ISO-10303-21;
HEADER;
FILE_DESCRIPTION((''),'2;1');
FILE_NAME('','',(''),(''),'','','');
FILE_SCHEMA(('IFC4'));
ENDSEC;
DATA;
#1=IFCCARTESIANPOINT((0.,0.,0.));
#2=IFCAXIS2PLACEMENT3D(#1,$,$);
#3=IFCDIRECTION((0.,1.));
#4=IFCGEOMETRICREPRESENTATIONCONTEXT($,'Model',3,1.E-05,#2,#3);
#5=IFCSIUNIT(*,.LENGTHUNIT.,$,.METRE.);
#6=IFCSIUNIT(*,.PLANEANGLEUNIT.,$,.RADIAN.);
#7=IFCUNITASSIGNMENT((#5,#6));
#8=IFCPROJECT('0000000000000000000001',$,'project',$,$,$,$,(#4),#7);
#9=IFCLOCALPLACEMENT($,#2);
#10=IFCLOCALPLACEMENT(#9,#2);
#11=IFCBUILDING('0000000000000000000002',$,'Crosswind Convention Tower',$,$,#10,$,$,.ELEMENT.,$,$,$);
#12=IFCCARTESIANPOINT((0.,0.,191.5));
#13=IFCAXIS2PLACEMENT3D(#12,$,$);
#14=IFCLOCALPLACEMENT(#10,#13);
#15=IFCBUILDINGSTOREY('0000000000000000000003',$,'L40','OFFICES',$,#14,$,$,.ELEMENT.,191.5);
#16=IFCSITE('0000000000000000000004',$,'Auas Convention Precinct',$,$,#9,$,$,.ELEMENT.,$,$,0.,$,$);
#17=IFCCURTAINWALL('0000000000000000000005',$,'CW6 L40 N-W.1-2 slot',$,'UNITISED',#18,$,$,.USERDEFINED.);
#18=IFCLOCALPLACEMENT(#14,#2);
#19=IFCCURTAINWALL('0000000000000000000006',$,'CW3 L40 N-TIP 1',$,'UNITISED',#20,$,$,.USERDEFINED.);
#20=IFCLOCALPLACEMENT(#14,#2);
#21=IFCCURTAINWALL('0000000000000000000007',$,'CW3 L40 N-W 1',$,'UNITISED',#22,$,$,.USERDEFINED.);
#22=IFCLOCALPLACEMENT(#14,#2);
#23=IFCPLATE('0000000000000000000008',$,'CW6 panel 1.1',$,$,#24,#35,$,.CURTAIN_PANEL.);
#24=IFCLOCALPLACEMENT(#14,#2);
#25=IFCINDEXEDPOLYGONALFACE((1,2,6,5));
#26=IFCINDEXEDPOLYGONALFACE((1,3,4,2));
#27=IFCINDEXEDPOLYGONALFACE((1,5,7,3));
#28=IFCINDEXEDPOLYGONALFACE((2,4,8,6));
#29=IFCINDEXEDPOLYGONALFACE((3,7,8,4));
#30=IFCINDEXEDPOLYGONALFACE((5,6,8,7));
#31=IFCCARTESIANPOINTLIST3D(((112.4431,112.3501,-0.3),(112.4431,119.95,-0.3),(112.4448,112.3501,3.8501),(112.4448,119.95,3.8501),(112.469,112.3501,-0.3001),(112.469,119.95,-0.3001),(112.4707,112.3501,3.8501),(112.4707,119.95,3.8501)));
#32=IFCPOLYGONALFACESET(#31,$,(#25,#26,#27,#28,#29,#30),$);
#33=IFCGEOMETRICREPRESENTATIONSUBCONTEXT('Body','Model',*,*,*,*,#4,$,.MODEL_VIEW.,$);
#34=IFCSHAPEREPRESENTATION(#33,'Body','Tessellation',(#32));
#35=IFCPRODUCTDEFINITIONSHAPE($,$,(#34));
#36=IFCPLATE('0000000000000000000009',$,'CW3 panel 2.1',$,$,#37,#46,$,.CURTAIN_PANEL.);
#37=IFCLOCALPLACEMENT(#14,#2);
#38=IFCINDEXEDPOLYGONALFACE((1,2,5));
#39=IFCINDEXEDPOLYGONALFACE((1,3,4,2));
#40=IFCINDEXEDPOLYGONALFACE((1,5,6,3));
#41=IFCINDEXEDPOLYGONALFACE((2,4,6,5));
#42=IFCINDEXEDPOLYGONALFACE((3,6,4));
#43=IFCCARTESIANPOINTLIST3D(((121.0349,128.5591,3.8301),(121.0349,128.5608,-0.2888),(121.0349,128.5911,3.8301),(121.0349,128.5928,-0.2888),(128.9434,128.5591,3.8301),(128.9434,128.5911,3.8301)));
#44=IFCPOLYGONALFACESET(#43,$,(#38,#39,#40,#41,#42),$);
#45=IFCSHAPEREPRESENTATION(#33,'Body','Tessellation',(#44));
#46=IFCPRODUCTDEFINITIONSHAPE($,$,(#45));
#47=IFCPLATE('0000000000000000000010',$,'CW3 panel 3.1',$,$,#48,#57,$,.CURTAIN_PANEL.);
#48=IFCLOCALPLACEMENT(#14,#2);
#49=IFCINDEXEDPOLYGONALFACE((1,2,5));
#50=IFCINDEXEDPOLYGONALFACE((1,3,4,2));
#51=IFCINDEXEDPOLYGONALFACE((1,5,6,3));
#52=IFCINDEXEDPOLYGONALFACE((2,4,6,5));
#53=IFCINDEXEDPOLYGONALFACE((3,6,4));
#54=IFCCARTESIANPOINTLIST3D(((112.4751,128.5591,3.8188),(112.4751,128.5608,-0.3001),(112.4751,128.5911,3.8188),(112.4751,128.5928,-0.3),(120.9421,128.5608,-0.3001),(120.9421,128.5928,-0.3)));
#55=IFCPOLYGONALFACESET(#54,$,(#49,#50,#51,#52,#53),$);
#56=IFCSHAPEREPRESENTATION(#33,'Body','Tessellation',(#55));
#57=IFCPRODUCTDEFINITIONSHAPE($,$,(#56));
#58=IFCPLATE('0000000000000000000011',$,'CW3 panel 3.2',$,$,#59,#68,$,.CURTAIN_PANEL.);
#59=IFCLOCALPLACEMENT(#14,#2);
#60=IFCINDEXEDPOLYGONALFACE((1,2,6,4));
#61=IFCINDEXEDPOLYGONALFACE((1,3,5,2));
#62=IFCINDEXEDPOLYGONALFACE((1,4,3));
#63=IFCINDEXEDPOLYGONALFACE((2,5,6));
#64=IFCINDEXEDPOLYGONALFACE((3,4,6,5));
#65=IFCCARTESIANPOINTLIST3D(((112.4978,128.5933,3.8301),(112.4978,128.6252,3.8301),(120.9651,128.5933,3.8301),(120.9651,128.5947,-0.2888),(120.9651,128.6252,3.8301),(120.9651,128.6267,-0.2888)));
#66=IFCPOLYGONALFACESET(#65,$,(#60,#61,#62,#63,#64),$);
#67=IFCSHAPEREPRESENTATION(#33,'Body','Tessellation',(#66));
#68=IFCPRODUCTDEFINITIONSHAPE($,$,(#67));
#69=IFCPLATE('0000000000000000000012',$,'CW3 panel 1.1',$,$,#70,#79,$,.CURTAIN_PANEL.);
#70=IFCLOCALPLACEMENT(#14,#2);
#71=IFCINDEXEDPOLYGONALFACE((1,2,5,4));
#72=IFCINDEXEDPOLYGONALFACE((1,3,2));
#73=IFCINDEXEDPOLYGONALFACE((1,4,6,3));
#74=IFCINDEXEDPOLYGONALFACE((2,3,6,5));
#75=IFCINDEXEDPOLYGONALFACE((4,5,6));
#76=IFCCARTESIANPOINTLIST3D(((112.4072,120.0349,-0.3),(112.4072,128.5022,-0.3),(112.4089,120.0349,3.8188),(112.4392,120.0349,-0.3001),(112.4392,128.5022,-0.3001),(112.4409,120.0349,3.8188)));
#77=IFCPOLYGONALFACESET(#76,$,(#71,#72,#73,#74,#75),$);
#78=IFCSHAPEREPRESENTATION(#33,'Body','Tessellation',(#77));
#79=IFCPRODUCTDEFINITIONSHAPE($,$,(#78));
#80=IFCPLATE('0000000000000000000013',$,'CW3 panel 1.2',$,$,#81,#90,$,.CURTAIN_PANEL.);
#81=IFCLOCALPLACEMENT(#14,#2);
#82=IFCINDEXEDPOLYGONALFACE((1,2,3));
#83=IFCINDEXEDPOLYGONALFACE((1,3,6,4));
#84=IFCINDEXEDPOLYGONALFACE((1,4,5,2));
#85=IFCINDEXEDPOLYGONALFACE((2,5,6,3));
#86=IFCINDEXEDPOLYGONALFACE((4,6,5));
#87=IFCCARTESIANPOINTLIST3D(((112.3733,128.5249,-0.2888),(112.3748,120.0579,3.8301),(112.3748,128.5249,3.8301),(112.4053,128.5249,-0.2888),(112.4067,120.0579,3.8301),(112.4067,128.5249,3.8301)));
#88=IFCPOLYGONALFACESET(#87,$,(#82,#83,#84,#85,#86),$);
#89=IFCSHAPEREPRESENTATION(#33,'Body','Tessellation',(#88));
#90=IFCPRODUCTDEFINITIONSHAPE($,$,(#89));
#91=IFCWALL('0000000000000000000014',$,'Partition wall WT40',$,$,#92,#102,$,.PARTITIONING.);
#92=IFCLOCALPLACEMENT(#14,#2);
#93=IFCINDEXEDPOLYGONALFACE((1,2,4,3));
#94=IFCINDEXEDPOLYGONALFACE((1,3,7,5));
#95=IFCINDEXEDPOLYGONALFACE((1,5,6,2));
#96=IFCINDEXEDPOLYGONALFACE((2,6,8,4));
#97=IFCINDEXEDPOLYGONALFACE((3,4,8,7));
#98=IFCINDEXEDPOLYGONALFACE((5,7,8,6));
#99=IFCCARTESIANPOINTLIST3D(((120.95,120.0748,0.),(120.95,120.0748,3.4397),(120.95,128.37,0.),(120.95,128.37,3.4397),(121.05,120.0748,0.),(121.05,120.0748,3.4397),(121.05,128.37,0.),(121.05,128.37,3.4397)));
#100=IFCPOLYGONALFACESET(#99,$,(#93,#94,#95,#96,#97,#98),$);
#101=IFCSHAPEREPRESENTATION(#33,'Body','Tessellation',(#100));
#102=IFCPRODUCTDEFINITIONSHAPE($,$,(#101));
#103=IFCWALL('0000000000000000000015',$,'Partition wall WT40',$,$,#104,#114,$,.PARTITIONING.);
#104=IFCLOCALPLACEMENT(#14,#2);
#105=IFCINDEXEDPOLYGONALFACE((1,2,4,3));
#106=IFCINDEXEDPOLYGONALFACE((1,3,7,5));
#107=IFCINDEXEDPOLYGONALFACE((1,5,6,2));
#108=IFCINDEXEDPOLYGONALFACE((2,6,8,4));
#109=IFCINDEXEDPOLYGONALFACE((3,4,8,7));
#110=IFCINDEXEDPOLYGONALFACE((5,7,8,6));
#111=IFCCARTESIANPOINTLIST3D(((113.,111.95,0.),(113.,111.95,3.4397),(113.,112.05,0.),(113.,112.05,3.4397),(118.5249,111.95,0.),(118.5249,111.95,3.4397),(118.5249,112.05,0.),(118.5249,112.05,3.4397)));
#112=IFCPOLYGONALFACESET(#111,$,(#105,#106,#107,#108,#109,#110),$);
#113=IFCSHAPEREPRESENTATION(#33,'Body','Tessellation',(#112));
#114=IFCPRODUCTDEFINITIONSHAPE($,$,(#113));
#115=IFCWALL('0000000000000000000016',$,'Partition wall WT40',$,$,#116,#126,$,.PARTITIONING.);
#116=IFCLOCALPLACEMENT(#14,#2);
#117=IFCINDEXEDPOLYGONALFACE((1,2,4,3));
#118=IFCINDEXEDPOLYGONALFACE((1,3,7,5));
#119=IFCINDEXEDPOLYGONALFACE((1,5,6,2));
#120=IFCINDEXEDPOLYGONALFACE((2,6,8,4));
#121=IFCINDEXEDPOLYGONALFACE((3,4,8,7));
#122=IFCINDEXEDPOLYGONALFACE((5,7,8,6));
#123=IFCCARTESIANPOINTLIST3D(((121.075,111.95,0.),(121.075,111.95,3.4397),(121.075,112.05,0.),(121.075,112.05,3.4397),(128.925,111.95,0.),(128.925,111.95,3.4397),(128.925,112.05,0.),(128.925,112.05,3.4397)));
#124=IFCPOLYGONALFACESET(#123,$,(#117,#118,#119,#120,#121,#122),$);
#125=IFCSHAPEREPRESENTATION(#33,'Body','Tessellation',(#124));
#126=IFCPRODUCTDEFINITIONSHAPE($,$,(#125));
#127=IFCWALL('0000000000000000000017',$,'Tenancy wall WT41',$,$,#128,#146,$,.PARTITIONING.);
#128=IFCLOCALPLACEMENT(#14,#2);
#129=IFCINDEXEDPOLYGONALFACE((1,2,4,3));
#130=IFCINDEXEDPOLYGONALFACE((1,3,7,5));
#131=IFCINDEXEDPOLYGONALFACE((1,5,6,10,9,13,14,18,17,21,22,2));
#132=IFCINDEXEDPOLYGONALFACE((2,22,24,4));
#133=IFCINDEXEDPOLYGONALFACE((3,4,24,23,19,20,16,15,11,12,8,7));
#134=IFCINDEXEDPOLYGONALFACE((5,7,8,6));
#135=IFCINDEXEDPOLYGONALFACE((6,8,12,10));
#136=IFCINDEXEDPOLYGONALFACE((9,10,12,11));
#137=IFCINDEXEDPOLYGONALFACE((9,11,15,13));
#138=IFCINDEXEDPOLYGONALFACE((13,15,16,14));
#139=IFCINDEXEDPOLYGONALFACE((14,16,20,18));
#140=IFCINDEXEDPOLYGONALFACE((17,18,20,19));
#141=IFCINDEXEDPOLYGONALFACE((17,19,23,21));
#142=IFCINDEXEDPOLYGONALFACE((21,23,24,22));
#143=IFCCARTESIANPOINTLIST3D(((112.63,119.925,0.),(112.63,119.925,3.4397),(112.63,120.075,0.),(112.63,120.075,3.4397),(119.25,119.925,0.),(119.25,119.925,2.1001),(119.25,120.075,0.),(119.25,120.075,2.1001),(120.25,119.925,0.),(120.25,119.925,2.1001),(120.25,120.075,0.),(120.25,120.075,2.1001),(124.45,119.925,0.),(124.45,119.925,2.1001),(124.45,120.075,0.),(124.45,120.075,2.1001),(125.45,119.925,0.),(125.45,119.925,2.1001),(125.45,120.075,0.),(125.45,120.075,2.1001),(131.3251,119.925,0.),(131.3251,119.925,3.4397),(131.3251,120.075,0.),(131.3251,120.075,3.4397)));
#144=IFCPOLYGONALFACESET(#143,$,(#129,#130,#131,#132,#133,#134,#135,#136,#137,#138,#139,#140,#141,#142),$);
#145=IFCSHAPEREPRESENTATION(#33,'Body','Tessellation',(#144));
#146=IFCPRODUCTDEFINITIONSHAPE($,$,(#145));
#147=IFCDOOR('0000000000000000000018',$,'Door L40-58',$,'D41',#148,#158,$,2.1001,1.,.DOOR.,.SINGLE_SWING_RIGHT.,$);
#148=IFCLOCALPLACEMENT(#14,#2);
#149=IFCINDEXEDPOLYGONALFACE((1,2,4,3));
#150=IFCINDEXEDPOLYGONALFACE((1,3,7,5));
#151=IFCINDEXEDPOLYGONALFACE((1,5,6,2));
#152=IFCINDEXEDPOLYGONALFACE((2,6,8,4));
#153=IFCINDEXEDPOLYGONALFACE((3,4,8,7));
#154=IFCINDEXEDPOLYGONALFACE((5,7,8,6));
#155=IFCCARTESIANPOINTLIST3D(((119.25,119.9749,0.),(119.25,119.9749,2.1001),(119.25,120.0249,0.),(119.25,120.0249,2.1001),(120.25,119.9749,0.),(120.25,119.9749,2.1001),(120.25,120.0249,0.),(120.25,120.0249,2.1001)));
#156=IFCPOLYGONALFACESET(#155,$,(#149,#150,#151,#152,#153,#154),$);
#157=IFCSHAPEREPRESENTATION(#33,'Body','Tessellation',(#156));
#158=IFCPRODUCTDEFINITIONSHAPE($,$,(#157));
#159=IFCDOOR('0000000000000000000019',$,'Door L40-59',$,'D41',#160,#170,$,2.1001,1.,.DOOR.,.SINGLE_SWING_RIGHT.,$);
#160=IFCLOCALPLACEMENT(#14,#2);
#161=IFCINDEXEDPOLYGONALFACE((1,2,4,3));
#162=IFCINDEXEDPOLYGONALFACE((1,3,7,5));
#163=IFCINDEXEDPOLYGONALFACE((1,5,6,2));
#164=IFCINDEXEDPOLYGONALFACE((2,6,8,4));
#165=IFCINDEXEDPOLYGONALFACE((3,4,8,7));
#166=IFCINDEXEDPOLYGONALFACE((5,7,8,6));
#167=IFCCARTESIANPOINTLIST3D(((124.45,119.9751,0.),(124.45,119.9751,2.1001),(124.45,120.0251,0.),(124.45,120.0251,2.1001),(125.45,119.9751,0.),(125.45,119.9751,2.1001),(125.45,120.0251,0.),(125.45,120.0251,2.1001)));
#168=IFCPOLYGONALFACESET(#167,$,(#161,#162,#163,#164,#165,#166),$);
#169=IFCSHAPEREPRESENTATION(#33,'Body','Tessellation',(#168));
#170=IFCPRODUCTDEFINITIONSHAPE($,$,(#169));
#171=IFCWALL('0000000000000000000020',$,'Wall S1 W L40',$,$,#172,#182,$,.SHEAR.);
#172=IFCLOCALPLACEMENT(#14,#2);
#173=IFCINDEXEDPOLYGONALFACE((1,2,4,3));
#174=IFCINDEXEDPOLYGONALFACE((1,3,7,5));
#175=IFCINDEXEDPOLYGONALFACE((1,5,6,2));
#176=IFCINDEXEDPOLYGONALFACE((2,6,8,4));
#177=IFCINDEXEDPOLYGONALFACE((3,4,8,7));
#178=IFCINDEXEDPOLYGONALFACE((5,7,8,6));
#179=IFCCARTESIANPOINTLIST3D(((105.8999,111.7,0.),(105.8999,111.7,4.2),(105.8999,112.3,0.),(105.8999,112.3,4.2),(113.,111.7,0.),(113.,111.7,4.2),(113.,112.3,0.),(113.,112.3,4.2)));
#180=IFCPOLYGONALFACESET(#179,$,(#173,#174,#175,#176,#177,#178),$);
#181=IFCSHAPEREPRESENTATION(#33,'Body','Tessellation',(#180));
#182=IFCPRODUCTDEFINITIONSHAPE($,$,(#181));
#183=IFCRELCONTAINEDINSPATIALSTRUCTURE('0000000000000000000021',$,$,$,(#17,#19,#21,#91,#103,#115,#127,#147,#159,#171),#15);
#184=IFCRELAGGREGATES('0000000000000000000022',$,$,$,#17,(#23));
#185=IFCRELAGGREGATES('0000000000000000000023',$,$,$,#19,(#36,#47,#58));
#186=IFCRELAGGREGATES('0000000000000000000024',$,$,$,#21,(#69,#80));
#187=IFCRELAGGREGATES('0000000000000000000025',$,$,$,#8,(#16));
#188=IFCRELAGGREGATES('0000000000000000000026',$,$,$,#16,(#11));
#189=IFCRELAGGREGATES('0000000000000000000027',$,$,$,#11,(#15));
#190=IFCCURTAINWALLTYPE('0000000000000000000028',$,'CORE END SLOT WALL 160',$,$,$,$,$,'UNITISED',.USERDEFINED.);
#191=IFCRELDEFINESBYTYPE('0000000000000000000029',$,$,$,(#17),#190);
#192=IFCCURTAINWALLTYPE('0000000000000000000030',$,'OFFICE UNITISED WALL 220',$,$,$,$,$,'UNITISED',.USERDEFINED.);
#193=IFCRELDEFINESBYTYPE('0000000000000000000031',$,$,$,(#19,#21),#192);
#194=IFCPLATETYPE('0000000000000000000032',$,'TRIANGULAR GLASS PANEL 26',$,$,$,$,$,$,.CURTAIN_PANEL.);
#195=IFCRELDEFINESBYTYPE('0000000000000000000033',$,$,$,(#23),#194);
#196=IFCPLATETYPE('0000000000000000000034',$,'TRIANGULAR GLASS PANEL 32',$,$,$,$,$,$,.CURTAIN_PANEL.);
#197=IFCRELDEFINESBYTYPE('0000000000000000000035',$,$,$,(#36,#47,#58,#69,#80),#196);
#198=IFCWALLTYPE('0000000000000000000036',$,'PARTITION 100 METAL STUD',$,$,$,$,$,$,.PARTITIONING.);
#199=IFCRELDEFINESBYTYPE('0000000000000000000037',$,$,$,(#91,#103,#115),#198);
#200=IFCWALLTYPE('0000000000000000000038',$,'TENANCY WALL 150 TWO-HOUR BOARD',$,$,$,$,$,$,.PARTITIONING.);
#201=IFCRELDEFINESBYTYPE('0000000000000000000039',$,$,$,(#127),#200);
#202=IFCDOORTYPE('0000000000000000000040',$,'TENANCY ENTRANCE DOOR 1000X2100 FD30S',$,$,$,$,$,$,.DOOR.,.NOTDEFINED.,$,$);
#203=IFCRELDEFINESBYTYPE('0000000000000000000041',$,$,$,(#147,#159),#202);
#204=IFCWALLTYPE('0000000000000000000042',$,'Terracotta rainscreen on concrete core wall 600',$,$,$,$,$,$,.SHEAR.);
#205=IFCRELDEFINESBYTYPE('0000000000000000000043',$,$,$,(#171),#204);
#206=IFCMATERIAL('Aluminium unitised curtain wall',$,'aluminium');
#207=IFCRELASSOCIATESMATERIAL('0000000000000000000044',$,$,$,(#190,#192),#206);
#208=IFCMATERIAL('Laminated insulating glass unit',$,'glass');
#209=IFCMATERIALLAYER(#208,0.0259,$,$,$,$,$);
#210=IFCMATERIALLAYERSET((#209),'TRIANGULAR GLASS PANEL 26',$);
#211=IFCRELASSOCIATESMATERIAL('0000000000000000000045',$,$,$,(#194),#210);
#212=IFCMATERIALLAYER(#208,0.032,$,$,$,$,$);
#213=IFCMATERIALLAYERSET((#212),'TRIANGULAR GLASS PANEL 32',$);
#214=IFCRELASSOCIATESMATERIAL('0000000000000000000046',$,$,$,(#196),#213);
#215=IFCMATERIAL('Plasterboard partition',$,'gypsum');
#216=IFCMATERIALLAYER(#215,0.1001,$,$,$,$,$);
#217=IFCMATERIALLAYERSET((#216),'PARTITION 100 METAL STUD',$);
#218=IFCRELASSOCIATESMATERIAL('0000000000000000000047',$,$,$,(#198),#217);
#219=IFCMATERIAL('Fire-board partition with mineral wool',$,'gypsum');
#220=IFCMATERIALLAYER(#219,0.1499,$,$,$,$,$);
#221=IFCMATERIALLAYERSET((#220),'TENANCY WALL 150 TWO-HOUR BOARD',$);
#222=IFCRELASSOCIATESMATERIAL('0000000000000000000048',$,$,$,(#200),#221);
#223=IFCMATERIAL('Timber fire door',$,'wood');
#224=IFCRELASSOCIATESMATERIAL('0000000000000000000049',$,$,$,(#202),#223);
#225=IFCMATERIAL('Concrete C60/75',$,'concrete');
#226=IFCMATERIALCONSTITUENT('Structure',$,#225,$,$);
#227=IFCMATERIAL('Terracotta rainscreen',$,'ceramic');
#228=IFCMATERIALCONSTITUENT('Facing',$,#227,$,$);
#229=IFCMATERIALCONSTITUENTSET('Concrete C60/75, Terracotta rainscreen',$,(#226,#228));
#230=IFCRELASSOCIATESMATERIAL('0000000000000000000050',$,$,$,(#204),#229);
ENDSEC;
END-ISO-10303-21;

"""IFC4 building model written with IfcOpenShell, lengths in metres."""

from ifc_helpers import new_model, si_unit, direction, frame, frame_2d, origin, place, context, subcontext, project, spatial, polyline, rectangle, outline, extrude, material, layer, layer_set, constituent, constituent_set, type_object, element, fill, aggregate, save


model = new_model("IFC4")

# Units and contexts
model_context = context("Model", 3, precision=1e-05, world=origin(), true_north=direction((0.0, 1.0)))
body_context = subcontext(model_context, "Body", "Model", "MODEL_VIEW")
ifc_project = project(units=[si_unit("LENGTHUNIT", "METRE"), si_unit("PLANEANGLEUNIT", "RADIAN")], contexts=[model_context])

# Site, building, storey
site_placement = place(None, origin())
site = spatial("IfcSite", under=ifc_project, at=site_placement, Name="Auas Convention Precinct", CompositionType="ELEMENT", RefElevation=0.0)
building_placement = place(site_placement, origin())
building = spatial("IfcBuilding", under=site, at=building_placement, Name="Crosswind Convention Tower", CompositionType="ELEMENT")
storey_placement = place(building_placement, frame((0.0, 0.0, 191.5)))
storey = spatial("IfcBuildingStorey", under=building, at=storey_placement, Name="L40", Description="OFFICES", CompositionType="ELEMENT", Elevation=191.5)

# Shared definitions
ifc_material_1 = material(Name="Concrete C60/75", Category="concrete")

# Curtain walls
ifc_material_2 = material(Name="Aluminium unitised curtain wall", Category="aluminium")
curtain_wall_type_1 = type_object("IfcCurtainWallType", Name="CORE END SLOT WALL 160", ElementType="UNITISED", PredefinedType="USERDEFINED", material=ifc_material_2)
curtain_wall_1_placement = place(storey_placement, origin())
curtain_wall_1 = element("IfcCurtainWall", 1, at=curtain_wall_1_placement, inside=storey, type_object=curtain_wall_type_1, Name="CW6 L40 N-W.1-2 slot", ObjectType="UNITISED", PredefinedType="USERDEFINED")
curtain_wall_type_2 = type_object("IfcCurtainWallType", Name="OFFICE UNITISED WALL 220", ElementType="UNITISED", PredefinedType="USERDEFINED", material=ifc_material_2)
curtain_wall_2_placement = place(storey_placement, origin())
curtain_wall_2 = element("IfcCurtainWall", 2, at=curtain_wall_2_placement, inside=storey, type_object=curtain_wall_type_2, Name="CW3 L40 N-TIP 1", ObjectType="UNITISED", PredefinedType="USERDEFINED")

# Curtain wall
curtain_wall_3_placement = place(storey_placement, origin())
curtain_wall_3 = element("IfcCurtainWall", 3, at=curtain_wall_3_placement, inside=storey, type_object=curtain_wall_type_2, Name="CW3 L40 N-W 1", ObjectType="UNITISED", PredefinedType="USERDEFINED")

# Plates
ifc_material_3 = material(Name="Laminated insulating glass unit", Category="glass")
ifc_layer_1 = layer(ifc_material_3, 0.0259)
ifc_layer_set_1 = layer_set([ifc_layer_1], Name="TRIANGULAR GLASS PANEL 26")
plate_type_1 = type_object("IfcPlateType", Name="TRIANGULAR GLASS PANEL 26", PredefinedType="CURTAIN_PANEL", material=ifc_layer_set_1)
plate_1_placement = place(storey_placement, frame((112.4431, 119.95, -0.3), z_axis=(-1.0, 0.0, 0.000412), x_axis=(0.0, -1.0, 0.0)))
plate_1 = element("IfcPlate", 4, at=plate_1_placement, type_object=plate_type_1, Name="CW6 panel 1.1", PredefinedType="CURTAIN_PANEL", context=body_context, shape_type="SweptSolid", body=[
    extrude(outline(polyline([(0.0, 0.0), (7.5999, 0.0), (7.5999, 4.1501), (0.0, 4.1501), (0.0, 0.0)])), origin(), (0.0, 0.0, -1.0), 0.0259),
])
aggregate(curtain_wall_1, [plate_1])
ifc_layer_2 = layer(ifc_material_3, 0.032)
ifc_layer_set_2 = layer_set([ifc_layer_2], Name="TRIANGULAR GLASS PANEL 32")
plate_type_2 = type_object("IfcPlateType", Name="TRIANGULAR GLASS PANEL 32", PredefinedType="CURTAIN_PANEL", material=ifc_layer_set_2)
plate_2_placement = place(storey_placement, frame((121.0349, 128.5911, 3.8301), z_axis=(0.0, 1.0, 0.000415), x_axis=(1.0, 0.0, 0.0)))
plate_2 = element("IfcPlate", 5, at=plate_2_placement, type_object=plate_type_2, Name="CW3 panel 2.1", PredefinedType="CURTAIN_PANEL", context=body_context, shape_type="SweptSolid", body=[
    extrude(outline(polyline([(0.0, 0.0), (7.9084, 0.0), (0.0, 4.1189), (0.0, 0.0)])), origin(), (0.0, 0.0, -1.0), 0.032),
])
plate_3_placement = place(storey_placement, frame((112.4751, 128.5928, -0.3), z_axis=(0.0, 1.0, 0.000415), x_axis=(0.0, -0.000415, 1.0)))
plate_3 = element("IfcPlate", 6, at=plate_3_placement, type_object=plate_type_2, Name="CW3 panel 3.1", PredefinedType="CURTAIN_PANEL", context=body_context, shape_type="SweptSolid", body=[
    extrude(outline(polyline([(0.0, 0.0), (4.1189, 0.0), (0.0, 8.467), (0.0, 0.0)])), origin(), (0.0, 0.0, -1.0), 0.032),
])
plate_4_placement = place(storey_placement, frame((120.9651, 128.6252, 3.8301), z_axis=(0.0, 1.0, 0.000356), x_axis=(0.0, 0.000356, -1.0)))
plate_4 = element("IfcPlate", 7, at=plate_4_placement, type_object=plate_type_2, Name="CW3 panel 3.2", PredefinedType="CURTAIN_PANEL", context=body_context, shape_type="SweptSolid", body=[
    extrude(outline(polyline([(0.0, 0.0), (4.1189, 0.0), (0.0, 8.4673), (0.0, 0.0)])), origin(), (0.0, 0.0, -1.0), 0.032),
])
aggregate(curtain_wall_2, [plate_2, plate_3, plate_4])
plate_5_placement = place(storey_placement, frame((112.4072, 120.0349, -0.3), z_axis=(-1.0, 0.0, 0.000415), x_axis=(0.000415, 0.0, 1.0)))
plate_5 = element("IfcPlate", 8, at=plate_5_placement, type_object=plate_type_2, Name="CW3 panel 1.1", PredefinedType="CURTAIN_PANEL", context=body_context, shape_type="SweptSolid", body=[
    extrude(outline(polyline([(0.0, 0.0), (4.1189, 0.0), (0.0, 8.4673), (0.0, 0.0)])), origin(), (0.0, 0.0, -1.0), 0.032),
])
plate_6_placement = place(storey_placement, frame((112.3748, 128.5249, 3.8301), z_axis=(-1.0, 0.0, 0.000356), x_axis=(-0.000356, 0.0, -1.0)))
plate_6 = element("IfcPlate", 9, at=plate_6_placement, type_object=plate_type_2, Name="CW3 panel 1.2", PredefinedType="CURTAIN_PANEL", context=body_context, shape_type="SweptSolid", body=[
    extrude(outline(polyline([(0.0, 0.0), (4.1189, 0.0), (0.0, 8.467), (0.0, 0.0)])), origin(), (0.0, 0.0, -1.0), 0.032),
])

# Walls
ifc_material_4 = material(Name="Plasterboard partition", Category="gypsum")
ifc_layer_3 = layer(ifc_material_4, 0.1001)
ifc_layer_set_3 = layer_set([ifc_layer_3], Name="PARTITION 100 METAL STUD")
wall_type_1 = type_object("IfcWallType", Name="PARTITION 100 METAL STUD", PredefinedType="PARTITIONING", material=ifc_layer_set_3)
wall_1_placement = place(storey_placement, frame((121.0, 120.075, 0.0), z_axis=(0.0, 0.0, 1.0), x_axis=(0.0, 1.0, 0.0)))
element("IfcWall", 10, at=wall_1_placement, inside=storey, type_object=wall_type_1, Name="Partition wall WT40", PredefinedType="PARTITIONING", context=body_context, shape_type="SweptSolid", body=[
    extrude(rectangle(XDim=8.2952, YDim=0.1001, at=frame_2d((4.1475, 0.0))), origin(), (0.0, 0.0, 1.0), 3.4397),
])
wall_2_placement = place(storey_placement, frame((113.0, 112.0, 0.0), z_axis=(0.0, 0.0, 1.0), x_axis=(1.0, 0.0, 0.0)))
element("IfcWall", 11, at=wall_2_placement, inside=storey, type_object=wall_type_1, Name="Partition wall WT40", PredefinedType="PARTITIONING", context=body_context, shape_type="SweptSolid", body=[
    extrude(rectangle(XDim=5.5249, YDim=0.1001, at=frame_2d((2.7625, 0.0))), origin(), (0.0, 0.0, 1.0), 3.4397),
])
wall_3_placement = place(storey_placement, frame((121.075, 112.0, 0.0), z_axis=(0.0, 0.0, 1.0), x_axis=(1.0, 0.0, 0.0)))
element("IfcWall", 12, at=wall_3_placement, inside=storey, type_object=wall_type_1, Name="Partition wall WT40", PredefinedType="PARTITIONING", context=body_context, shape_type="SweptSolid", body=[
    extrude(rectangle(XDim=7.8501, YDim=0.1001, at=frame_2d((3.925, 0.0))), origin(), (0.0, 0.0, 1.0), 3.4397),
])

# Wall, openings, doors
ifc_material_5 = material(Name="Fire-board partition with mineral wool", Category="gypsum")
ifc_layer_4 = layer(ifc_material_5, 0.1499)
ifc_layer_set_4 = layer_set([ifc_layer_4], Name="TENANCY WALL 150 TWO-HOUR BOARD")
wall_type_2 = type_object("IfcWallType", Name="TENANCY WALL 150 TWO-HOUR BOARD", PredefinedType="PARTITIONING", material=ifc_layer_set_4)
wall_4_placement = place(storey_placement, frame((112.6299, 120.0, 0.0), z_axis=(0.0, 0.0, 1.0), x_axis=(1.0, 0.0, 0.0)))
wall_4 = element("IfcWall", 13, at=wall_4_placement, inside=storey, type_object=wall_type_2, Name="Tenancy wall WT41", PredefinedType="PARTITIONING", context=body_context, shape_type="SweptSolid", body=[
    extrude(rectangle(XDim=18.6951, YDim=0.1499, at=frame_2d((9.3477, 0.0))), origin(), (0.0, 0.0, 1.0), 3.4397),
])
opening_1_placement = place(wall_4_placement, frame((6.6201, 0.0, 0.0)))
opening_1 = element("IfcOpeningElement", 14, at=opening_1_placement, cuts=wall_4, PredefinedType="OPENING", context=body_context, shape_type="SweptSolid", body=[
    extrude(rectangle(XDim=1.0, YDim=2.1001, at=frame_2d((0.5, 1.05))), frame((0.0, 0.085, 0.0), z_axis=(0.0, -1.0, 0.0), x_axis=(1.0, 0.0, 0.0)), (0.0, 0.0, 1.0), 0.1699),
])
opening_2_placement = place(wall_4_placement, frame((11.8201, 0.0, 0.0)))
opening_2 = element("IfcOpeningElement", 15, at=opening_2_placement, cuts=wall_4, PredefinedType="OPENING", context=body_context, shape_type="SweptSolid", body=[
    extrude(rectangle(XDim=1.0, YDim=2.1001, at=frame_2d((0.5, 1.05))), frame((0.0, 0.085, 0.0), z_axis=(0.0, -1.0, 0.0), x_axis=(1.0, 0.0, 0.0)), (0.0, 0.0, 1.0), 0.1699),
])
ifc_material_6 = material(Name="Timber fire door", Category="wood")
door_type = type_object("IfcDoorType", Name="TENANCY ENTRANCE DOOR 1000X2100 FD30S", OperationType="NOTDEFINED", PredefinedType="DOOR", material=ifc_material_6)
door_1_placement = place(opening_1_placement, origin())
door_1 = element("IfcDoor", 16, at=door_1_placement, inside=storey, type_object=door_type, Name="Door L40-58", ObjectType="D41", OperationType="SINGLE_SWING_RIGHT", OverallHeight=2.1001, OverallWidth=1.0, PredefinedType="DOOR", context=body_context, shape_type="SweptSolid", body=[
    extrude(rectangle(XDim=1.0, YDim=2.1001, at=frame_2d((0.5, 1.05))), frame((0.0, 0.0249, 0.0), z_axis=(0.0, -1.0, 0.0), x_axis=(1.0, 0.0, 0.0)), (0.0, 0.0, 1.0), 0.05),
])
fill(opening_1, door_1)
door_2_placement = place(opening_2_placement, frame((1.0, 0.0, 0.0), z_axis=(0.0, 0.0, 1.0), x_axis=(-1.0, 0.0, 0.0)))
door_2 = element("IfcDoor", 17, at=door_2_placement, inside=storey, type_object=door_type, Name="Door L40-59", ObjectType="D41", OperationType="SINGLE_SWING_RIGHT", OverallHeight=2.1001, OverallWidth=1.0, PredefinedType="DOOR", context=body_context, shape_type="SweptSolid", body=[
    extrude(rectangle(XDim=1.0, YDim=2.1001, at=frame_2d((0.5, 1.05))), frame((0.0, 0.0249, 0.0), z_axis=(0.0, -1.0, 0.0), x_axis=(1.0, 0.0, 0.0)), (0.0, 0.0, 1.0), 0.05),
])
fill(opening_2, door_2)

# Wall
ifc_constituent_1 = constituent(ifc_material_1, Name="Structure")
ifc_material_7 = material(Name="Terracotta rainscreen", Category="ceramic")
ifc_constituent_2 = constituent(ifc_material_7, Name="Facing")
ifc_constituent_set = constituent_set(constituents=[ifc_constituent_1, ifc_constituent_2], Name="Concrete C60/75, Terracotta rainscreen")
wall_type_3 = type_object("IfcWallType", Name="Terracotta rainscreen on concrete core wall 600", PredefinedType="SHEAR", material=ifc_constituent_set)
wall_5_placement = place(storey_placement, frame((113.0, 112.0, 0.0), z_axis=(0.0, 0.0, 1.0), x_axis=(-1.0, 0.0, 0.0)))
element("IfcWall", 18, at=wall_5_placement, inside=storey, type_object=wall_type_3, Name="Wall S1 W L40", PredefinedType="SHEAR", context=body_context, shape_type="SweptSolid", body=[
    extrude(rectangle(XDim=7.1001, YDim=0.6001, at=frame_2d((3.55, 0.0))), origin(), (0.0, 0.0, 1.0), 4.2),
])

aggregate(curtain_wall_3, [plate_5, plate_6])

save(model, "model.ifc")
